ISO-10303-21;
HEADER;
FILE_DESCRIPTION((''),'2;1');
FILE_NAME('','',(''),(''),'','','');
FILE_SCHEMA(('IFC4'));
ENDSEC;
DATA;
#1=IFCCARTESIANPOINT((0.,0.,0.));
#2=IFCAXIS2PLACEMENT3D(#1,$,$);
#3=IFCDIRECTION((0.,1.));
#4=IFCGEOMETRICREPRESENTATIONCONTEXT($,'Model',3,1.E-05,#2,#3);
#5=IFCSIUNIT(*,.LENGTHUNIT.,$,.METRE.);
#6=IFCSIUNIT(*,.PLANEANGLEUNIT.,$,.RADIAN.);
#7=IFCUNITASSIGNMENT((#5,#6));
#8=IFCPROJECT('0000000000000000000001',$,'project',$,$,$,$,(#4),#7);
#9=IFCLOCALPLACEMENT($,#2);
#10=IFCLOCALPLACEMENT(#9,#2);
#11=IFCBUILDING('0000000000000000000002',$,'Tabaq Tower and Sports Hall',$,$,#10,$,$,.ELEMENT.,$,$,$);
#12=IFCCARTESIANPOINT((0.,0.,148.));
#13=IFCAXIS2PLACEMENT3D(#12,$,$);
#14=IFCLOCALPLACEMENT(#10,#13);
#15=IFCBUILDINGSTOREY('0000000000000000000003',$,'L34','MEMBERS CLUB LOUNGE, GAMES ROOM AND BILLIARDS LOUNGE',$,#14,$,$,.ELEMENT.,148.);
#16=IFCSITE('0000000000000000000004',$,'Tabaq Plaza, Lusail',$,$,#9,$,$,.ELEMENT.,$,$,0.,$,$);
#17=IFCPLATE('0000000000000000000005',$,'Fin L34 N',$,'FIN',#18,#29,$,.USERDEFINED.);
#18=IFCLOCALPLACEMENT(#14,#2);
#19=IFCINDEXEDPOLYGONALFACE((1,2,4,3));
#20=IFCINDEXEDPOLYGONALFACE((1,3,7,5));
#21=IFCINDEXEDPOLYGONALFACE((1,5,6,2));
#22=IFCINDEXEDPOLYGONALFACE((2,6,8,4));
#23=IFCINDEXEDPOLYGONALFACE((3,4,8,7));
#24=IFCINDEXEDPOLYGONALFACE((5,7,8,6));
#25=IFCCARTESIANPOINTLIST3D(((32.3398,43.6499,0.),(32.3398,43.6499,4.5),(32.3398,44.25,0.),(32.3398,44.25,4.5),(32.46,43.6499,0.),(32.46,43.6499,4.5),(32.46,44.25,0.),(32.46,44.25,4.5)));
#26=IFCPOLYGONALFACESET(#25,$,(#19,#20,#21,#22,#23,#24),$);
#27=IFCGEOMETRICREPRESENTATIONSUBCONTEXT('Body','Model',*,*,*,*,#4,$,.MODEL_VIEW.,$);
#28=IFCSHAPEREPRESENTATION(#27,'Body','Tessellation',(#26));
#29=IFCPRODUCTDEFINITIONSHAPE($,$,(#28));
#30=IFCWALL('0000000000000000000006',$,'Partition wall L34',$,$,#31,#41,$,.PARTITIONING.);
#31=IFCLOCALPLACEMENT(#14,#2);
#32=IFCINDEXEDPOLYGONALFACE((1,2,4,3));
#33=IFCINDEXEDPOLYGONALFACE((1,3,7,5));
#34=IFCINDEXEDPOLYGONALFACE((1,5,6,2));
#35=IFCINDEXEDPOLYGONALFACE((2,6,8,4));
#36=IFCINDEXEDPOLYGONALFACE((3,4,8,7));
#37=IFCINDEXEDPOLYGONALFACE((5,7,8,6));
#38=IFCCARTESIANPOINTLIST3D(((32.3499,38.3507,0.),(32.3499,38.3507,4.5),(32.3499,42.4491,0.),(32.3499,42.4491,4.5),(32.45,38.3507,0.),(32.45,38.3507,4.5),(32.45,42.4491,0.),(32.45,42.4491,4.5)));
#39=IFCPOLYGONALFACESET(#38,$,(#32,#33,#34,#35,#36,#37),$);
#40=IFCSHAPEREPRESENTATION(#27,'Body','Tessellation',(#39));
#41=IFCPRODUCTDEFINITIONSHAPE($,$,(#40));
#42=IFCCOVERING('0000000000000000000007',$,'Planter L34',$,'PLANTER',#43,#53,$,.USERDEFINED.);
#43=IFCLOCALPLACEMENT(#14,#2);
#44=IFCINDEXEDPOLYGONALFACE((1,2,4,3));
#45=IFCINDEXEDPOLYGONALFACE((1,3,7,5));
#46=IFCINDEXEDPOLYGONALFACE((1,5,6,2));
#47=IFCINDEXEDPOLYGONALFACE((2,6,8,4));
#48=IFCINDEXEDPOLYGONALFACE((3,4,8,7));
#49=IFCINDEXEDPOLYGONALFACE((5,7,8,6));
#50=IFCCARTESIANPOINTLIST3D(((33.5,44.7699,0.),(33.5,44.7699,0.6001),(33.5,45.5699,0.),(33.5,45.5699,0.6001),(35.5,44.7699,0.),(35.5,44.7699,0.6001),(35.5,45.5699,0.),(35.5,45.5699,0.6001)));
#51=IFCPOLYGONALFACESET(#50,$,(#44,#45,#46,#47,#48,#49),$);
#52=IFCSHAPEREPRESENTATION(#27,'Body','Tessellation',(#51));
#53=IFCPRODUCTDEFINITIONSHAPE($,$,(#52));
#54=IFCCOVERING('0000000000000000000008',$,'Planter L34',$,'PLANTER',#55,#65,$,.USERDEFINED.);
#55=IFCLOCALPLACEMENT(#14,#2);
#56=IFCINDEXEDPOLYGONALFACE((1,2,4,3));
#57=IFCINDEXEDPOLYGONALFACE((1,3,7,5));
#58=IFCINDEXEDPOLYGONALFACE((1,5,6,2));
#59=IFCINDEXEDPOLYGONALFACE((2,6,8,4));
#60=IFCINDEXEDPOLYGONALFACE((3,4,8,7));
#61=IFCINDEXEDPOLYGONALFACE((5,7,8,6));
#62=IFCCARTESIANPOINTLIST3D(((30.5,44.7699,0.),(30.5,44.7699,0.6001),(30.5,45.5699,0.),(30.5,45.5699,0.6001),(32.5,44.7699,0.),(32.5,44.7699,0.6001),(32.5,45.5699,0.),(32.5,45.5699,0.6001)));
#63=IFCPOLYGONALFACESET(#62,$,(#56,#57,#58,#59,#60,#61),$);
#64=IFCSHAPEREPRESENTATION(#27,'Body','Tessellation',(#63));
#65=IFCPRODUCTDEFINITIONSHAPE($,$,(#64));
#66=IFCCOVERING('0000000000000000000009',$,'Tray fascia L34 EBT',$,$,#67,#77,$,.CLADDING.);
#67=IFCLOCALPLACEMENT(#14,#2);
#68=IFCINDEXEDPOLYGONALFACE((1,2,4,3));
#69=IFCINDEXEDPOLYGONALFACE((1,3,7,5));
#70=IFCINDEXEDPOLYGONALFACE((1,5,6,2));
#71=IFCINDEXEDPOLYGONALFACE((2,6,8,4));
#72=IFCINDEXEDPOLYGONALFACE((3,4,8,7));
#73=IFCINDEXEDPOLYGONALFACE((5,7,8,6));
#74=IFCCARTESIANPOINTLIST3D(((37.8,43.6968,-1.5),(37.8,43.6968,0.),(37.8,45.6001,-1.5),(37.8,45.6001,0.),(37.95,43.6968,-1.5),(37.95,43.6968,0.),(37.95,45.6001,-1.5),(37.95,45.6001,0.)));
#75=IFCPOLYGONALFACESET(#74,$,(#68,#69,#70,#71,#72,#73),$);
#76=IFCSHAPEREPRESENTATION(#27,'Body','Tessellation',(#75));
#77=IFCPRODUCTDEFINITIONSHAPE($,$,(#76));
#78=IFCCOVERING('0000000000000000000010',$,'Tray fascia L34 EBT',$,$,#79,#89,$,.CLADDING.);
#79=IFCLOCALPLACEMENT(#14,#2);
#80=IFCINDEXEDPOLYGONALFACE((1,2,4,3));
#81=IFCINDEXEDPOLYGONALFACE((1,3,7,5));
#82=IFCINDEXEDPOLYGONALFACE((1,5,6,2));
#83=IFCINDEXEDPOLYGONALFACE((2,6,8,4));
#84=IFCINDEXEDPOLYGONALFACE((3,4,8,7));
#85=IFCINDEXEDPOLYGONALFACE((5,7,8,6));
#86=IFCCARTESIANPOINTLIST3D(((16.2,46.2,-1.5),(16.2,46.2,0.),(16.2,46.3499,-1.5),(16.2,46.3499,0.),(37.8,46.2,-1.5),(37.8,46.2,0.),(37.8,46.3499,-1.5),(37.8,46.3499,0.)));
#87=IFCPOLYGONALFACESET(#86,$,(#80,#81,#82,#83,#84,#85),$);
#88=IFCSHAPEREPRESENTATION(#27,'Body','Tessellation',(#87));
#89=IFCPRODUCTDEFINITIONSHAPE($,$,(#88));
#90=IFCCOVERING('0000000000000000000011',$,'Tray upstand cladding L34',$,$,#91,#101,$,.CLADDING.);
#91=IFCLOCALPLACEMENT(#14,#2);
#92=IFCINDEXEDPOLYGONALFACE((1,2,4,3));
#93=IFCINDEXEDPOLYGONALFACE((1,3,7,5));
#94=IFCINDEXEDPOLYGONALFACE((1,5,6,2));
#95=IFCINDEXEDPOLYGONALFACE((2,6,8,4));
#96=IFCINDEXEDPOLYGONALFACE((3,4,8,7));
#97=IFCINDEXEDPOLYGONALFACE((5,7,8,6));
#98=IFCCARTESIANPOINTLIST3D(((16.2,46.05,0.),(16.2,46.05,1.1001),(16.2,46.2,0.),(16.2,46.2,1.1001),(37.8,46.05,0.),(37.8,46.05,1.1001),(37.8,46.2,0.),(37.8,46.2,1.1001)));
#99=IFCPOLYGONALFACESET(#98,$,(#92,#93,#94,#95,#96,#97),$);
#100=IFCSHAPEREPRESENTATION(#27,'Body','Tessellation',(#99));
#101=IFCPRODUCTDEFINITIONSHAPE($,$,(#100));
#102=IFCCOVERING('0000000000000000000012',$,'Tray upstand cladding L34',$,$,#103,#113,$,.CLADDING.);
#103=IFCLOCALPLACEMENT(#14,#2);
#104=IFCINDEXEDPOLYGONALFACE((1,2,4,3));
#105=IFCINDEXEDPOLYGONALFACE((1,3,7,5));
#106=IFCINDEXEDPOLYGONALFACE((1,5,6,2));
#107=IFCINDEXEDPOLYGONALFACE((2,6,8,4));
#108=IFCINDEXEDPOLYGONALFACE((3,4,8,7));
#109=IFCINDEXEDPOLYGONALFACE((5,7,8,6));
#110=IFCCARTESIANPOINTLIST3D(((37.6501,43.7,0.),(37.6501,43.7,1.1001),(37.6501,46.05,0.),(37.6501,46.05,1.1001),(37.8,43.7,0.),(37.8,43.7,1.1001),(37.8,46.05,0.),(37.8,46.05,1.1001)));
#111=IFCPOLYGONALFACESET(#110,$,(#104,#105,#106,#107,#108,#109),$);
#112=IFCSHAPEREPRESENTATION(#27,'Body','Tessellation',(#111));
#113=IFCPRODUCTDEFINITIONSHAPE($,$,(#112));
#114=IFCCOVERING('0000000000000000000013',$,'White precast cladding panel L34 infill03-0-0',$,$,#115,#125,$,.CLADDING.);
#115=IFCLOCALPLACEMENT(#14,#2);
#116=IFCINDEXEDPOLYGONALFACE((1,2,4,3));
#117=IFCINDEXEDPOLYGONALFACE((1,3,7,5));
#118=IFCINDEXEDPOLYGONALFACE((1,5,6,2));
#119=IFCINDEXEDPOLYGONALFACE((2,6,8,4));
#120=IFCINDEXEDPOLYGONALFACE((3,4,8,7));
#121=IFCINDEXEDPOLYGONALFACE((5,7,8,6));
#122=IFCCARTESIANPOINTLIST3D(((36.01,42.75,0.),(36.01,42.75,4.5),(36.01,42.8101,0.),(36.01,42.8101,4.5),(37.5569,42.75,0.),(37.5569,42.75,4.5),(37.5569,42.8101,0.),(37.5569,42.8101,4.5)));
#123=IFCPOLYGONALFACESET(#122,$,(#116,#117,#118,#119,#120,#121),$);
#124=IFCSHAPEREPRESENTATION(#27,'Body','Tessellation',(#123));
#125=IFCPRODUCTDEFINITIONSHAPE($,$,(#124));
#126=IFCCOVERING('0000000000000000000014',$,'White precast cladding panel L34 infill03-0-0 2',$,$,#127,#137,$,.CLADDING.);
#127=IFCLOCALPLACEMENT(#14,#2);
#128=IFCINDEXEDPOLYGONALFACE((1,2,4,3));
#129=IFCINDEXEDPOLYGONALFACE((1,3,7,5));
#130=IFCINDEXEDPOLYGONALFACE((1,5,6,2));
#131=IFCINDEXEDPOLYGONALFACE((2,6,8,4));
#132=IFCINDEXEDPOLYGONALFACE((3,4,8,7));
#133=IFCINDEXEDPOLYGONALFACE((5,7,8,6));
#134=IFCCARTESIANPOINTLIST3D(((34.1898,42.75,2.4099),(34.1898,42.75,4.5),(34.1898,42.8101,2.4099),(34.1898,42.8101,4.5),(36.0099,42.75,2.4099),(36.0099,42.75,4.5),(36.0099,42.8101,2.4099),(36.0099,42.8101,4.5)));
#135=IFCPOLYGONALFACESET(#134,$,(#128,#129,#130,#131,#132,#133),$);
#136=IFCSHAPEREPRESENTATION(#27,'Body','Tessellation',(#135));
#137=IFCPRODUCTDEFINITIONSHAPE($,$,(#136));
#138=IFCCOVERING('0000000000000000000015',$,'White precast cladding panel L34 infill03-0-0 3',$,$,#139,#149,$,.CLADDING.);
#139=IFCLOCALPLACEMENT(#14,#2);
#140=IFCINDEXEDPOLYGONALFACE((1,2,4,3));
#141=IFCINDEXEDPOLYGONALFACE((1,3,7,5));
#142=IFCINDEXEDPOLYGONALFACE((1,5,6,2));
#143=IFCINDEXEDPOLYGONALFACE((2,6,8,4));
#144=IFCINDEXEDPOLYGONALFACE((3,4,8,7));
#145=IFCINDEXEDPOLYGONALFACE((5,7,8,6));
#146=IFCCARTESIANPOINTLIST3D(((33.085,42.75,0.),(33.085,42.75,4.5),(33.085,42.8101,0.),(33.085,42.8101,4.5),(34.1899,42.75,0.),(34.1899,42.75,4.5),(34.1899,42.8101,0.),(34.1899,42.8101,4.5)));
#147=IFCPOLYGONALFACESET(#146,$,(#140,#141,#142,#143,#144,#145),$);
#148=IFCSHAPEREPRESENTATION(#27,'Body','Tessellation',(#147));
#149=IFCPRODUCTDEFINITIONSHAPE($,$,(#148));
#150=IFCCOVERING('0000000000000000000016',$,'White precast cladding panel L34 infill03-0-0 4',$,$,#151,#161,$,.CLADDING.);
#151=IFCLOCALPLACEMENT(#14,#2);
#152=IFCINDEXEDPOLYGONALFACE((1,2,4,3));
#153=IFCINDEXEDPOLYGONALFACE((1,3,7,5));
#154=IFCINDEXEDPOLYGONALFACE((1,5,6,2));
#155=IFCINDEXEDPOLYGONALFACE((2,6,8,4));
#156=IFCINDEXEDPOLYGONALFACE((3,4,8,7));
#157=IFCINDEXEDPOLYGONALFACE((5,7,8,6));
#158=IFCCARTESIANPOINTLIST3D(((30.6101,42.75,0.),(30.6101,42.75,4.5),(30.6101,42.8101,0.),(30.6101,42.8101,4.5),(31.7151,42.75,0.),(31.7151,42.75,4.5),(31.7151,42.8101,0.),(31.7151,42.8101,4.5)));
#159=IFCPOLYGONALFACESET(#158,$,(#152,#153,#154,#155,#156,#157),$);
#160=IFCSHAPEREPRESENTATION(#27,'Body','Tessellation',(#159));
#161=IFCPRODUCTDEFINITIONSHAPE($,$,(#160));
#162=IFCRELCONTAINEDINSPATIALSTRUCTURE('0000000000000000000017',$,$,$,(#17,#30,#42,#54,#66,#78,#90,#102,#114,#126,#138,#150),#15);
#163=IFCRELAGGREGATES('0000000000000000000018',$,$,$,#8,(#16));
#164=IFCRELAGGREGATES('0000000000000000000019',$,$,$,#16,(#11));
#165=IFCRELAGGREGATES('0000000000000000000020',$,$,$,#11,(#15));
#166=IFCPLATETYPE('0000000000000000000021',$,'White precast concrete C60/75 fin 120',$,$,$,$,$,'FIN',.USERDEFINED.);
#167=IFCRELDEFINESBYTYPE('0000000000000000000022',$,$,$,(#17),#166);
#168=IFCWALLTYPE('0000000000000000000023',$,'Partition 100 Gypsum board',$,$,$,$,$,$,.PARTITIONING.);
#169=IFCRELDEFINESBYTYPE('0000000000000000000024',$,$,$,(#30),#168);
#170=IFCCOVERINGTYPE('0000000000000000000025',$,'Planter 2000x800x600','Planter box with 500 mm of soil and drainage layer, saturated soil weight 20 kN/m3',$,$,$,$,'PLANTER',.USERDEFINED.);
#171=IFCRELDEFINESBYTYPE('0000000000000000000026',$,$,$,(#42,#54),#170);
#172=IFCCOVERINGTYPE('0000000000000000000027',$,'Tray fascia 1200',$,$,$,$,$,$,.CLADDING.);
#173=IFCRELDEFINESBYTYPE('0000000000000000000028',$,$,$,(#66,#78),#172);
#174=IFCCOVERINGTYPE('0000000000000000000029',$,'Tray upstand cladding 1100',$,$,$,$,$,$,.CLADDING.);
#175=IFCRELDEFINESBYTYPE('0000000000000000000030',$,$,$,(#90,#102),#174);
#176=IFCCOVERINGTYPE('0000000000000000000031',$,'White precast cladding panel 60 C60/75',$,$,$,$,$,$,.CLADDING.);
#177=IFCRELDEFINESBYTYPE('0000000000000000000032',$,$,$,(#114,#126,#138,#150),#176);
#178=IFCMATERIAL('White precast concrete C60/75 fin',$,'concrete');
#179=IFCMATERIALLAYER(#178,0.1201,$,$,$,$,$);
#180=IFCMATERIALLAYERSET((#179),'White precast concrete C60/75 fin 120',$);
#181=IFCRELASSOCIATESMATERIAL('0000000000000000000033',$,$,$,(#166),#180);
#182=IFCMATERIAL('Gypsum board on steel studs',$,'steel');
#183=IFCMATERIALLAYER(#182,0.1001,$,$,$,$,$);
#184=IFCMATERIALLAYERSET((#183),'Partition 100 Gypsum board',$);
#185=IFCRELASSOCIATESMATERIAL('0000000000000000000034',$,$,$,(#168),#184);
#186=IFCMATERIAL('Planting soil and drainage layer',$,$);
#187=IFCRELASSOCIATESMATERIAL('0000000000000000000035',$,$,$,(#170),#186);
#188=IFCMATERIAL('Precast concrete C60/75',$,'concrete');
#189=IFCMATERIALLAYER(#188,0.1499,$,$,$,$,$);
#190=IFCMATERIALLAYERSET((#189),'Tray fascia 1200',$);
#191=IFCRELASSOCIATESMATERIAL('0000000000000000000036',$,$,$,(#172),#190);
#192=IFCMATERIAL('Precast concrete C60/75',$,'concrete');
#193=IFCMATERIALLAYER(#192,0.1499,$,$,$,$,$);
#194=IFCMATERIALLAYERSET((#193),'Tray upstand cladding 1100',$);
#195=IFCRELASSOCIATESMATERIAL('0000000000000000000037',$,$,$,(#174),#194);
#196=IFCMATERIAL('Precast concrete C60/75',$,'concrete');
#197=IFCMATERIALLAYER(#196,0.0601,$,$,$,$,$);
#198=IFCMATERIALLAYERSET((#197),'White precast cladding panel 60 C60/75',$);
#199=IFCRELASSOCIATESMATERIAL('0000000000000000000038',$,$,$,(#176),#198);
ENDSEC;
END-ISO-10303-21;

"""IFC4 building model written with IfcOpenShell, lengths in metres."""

from ifc_helpers import new_model, si_unit, direction, frame, frame_2d, origin, origin_2d, place, context, subcontext, project, spatial, rectangle, extrude, material, layer, layer_set, type_object, element, save


model = new_model("IFC4")

# Units and contexts
model_context = context("Model", 3, precision=1e-05, world=origin(), true_north=direction((0.0, 1.0)))
body_context = subcontext(model_context, "Body", "Model", "MODEL_VIEW")
ifc_project = project(units=[si_unit("LENGTHUNIT", "METRE"), si_unit("PLANEANGLEUNIT", "RADIAN")], contexts=[model_context])

# Site, building, storey
site_placement = place(None, origin())
site = spatial("IfcSite", under=ifc_project, at=site_placement, Name="Tabaq Plaza, Lusail", CompositionType="ELEMENT", RefElevation=0.0)
building_placement = place(site_placement, origin())
building = spatial("IfcBuilding", under=site, at=building_placement, Name="Tabaq Tower and Sports Hall", CompositionType="ELEMENT")
storey_placement = place(building_placement, frame((0.0, 0.0, 148.0)))
storey = spatial("IfcBuildingStorey", under=building, at=storey_placement, Name="L34", Description="MEMBERS CLUB LOUNGE, GAMES ROOM AND BILLIARDS LOUNGE", CompositionType="ELEMENT", Elevation=148.0)

# Plate
ifc_material_1 = material(Name="White precast concrete C60/75 fin", Category="concrete")
ifc_layer_1 = layer(ifc_material_1, 0.1201)
ifc_layer_set_1 = layer_set([ifc_layer_1], Name="White precast concrete C60/75 fin 120")
plate_type_1 = type_object("IfcPlateType", Name="White precast concrete C60/75 fin 120", ElementType="FIN", PredefinedType="USERDEFINED", material=ifc_layer_set_1)
plate_1_placement = place(storey_placement, frame((32.3999, 43.95, 0.0), z_axis=(0.0, 0.0, 1.0), x_axis=(-1.0, 0.0, 0.0)))
element("IfcPlate", 1, at=plate_1_placement, inside=storey, type_object=plate_type_1, Name="Fin L34 N", ObjectType="FIN", PredefinedType="USERDEFINED", context=body_context, shape_type="SweptSolid", body=[
    extrude(rectangle(XDim=0.1201, YDim=0.6001, at=origin_2d()), origin(), (0.0, 0.0, 1.0), 4.5),
])

# Wall
ifc_material_2 = material(Name="Gypsum board on steel studs", Category="steel")
ifc_layer_2 = layer(ifc_material_2, 0.1001)
ifc_layer_set_2 = layer_set([ifc_layer_2], Name="Partition 100 Gypsum board")
wall_type_1 = type_object("IfcWallType", Name="Partition 100 Gypsum board", PredefinedType="PARTITIONING", material=ifc_layer_set_2)
wall_1_placement = place(storey_placement, frame((32.3999, 38.3506, 0.0), z_axis=(0.0, 0.0, 1.0), x_axis=(0.0, 1.0, 0.0)))
element("IfcWall", 2, at=wall_1_placement, inside=storey, type_object=wall_type_1, Name="Partition wall L34", PredefinedType="PARTITIONING", context=body_context, shape_type="SweptSolid", body=[
    extrude(rectangle(XDim=4.0984, YDim=0.1001, at=frame_2d((2.0493, 0.0))), origin(), (0.0, 0.0, 1.0), 4.5),
])

# Coverings
ifc_material_3 = material(Name="Planting soil and drainage layer")
covering_type_1 = type_object("IfcCoveringType", Name="Planter 2000x800x600", Description="Planter box with 500 mm of soil and drainage layer, saturated soil weight 20 kN/m3", ElementType="PLANTER", PredefinedType="USERDEFINED", material=ifc_material_3)
for number, where, z_axis, x_axis, name in (
    (3, (34.5, 45.1699, 0.0), (0.0, 0.0, 1.0), (-1.0, 0.0, 0.0), "Planter L34"),
    (4, (31.5, 45.1699, 0.0), (0.0, 0.0, 1.0), (-1.0, 0.0, 0.0), "Planter L34"),
):
    element("IfcCovering", number, at=place(storey_placement, frame(where, z_axis=z_axis, x_axis=x_axis)), inside=storey, type_object=covering_type_1, Name=name, ObjectType="PLANTER", PredefinedType="USERDEFINED", context=body_context, shape_type="SweptSolid", body=[
        extrude(rectangle(XDim=2.0, YDim=0.8, at=origin_2d()), origin(), (0.0, 0.0, 1.0), 0.6001),
    ])
ifc_material_4 = material(Name="Precast concrete C60/75", Category="concrete")
ifc_layer_3 = layer(ifc_material_4, 0.1499)
ifc_layer_set_3 = layer_set([ifc_layer_3], Name="Tray fascia 1200")
covering_type_2 = type_object("IfcCoveringType", Name="Tray fascia 1200", PredefinedType="CLADDING", material=ifc_layer_set_3)
covering_1_placement = place(storey_placement, frame((37.875, 43.6968, -1.5), z_axis=(0.0, 0.0, 1.0), x_axis=(0.0, 1.0, 0.0)))
element("IfcCovering", 5, at=covering_1_placement, inside=storey, type_object=covering_type_2, Name="Tray fascia L34 EBT", PredefinedType="CLADDING", context=body_context, shape_type="SweptSolid", body=[
    extrude(rectangle(XDim=1.9033, YDim=0.1499, at=frame_2d((0.9517, 0.0))), origin(), (0.0, 0.0, 1.0), 1.5),
])
covering_2_placement = place(storey_placement, frame((37.8, 46.2749, -1.5), z_axis=(0.0, 0.0, 1.0), x_axis=(-1.0, 0.0, 0.0)))
element("IfcCovering", 6, at=covering_2_placement, inside=storey, type_object=covering_type_2, Name="Tray fascia L34 EBT", PredefinedType="CLADDING", context=body_context, shape_type="SweptSolid", body=[
    extrude(rectangle(XDim=21.6001, YDim=0.1499, at=frame_2d((10.8, 0.0))), origin(), (0.0, 0.0, 1.0), 1.5),
])
ifc_material_5 = material(Name="Precast concrete C60/75", Category="concrete")
ifc_layer_4 = layer(ifc_material_5, 0.1499)
ifc_layer_set_4 = layer_set([ifc_layer_4], Name="Tray upstand cladding 1100")
covering_type_3 = type_object("IfcCoveringType", Name="Tray upstand cladding 1100", PredefinedType="CLADDING", material=ifc_layer_set_4)
covering_3_placement = place(storey_placement, frame((37.8, 46.125, 0.0), z_axis=(0.0, 0.0, 1.0), x_axis=(-1.0, 0.0, 0.0)))
element("IfcCovering", 7, at=covering_3_placement, inside=storey, type_object=covering_type_3, Name="Tray upstand cladding L34", PredefinedType="CLADDING", context=body_context, shape_type="SweptSolid", body=[
    extrude(rectangle(XDim=21.6001, YDim=0.1499, at=frame_2d((10.8, 0.0))), origin(), (0.0, 0.0, 1.0), 1.1001),
])
covering_4_placement = place(storey_placement, frame((37.7251, 43.7, 0.0), z_axis=(0.0, 0.0, 1.0), x_axis=(0.0, 1.0, 0.0)))
element("IfcCovering", 8, at=covering_4_placement, inside=storey, type_object=covering_type_3, Name="Tray upstand cladding L34", PredefinedType="CLADDING", context=body_context, shape_type="SweptSolid", body=[
    extrude(rectangle(XDim=2.3501, YDim=0.1499, at=frame_2d((1.175, 0.0))), origin(), (0.0, 0.0, 1.0), 1.1001),
])
ifc_material_6 = material(Name="Precast concrete C60/75", Category="concrete")
ifc_layer_5 = layer(ifc_material_6, 0.0601)
ifc_layer_set_5 = layer_set([ifc_layer_5], Name="White precast cladding panel 60 C60/75")
covering_type_4 = type_object("IfcCoveringType", Name="White precast cladding panel 60 C60/75", PredefinedType="CLADDING", material=ifc_layer_set_5)
covering_5_placement = place(storey_placement, frame((37.5569, 42.78, 0.0), z_axis=(0.0, 0.0, 1.0), x_axis=(-1.0, 0.0, 0.0)))
element("IfcCovering", 9, at=covering_5_placement, inside=storey, type_object=covering_type_4, Name="White precast cladding panel L34 infill03-0-0", PredefinedType="CLADDING", context=body_context, shape_type="SweptSolid", body=[
    extrude(rectangle(XDim=1.5469, YDim=0.0601, at=frame_2d((0.7734, 0.0))), origin(), (0.0, 0.0, 1.0), 4.5),
])
covering_6_placement = place(storey_placement, frame((36.01, 42.78, 2.4099), z_axis=(0.0, 0.0, 1.0), x_axis=(-1.0, 0.0, 0.0)))
element("IfcCovering", 10, at=covering_6_placement, inside=storey, type_object=covering_type_4, Name="White precast cladding panel L34 infill03-0-0 2", PredefinedType="CLADDING", context=body_context, shape_type="SweptSolid", body=[
    extrude(rectangle(XDim=1.8201, YDim=0.0601, at=frame_2d((0.9102, 0.0))), origin(), (0.0, 0.0, 1.0), 2.0901),
])
for number, where, z_axis, x_axis, name in (
    (11, (34.1899, 42.78, 0.0), (0.0, 0.0, 1.0), (-1.0, 0.0, 0.0), "White precast cladding panel L34 infill03-0-0 3"),
    (12, (31.7151, 42.78, 0.0), (0.0, 0.0, 1.0), (-1.0, 0.0, 0.0), "White precast cladding panel L34 infill03-0-0 4"),
):
    element("IfcCovering", number, at=place(storey_placement, frame(where, z_axis=z_axis, x_axis=x_axis)), inside=storey, type_object=covering_type_4, Name=name, PredefinedType="CLADDING", context=body_context, shape_type="SweptSolid", body=[
        extrude(rectangle(XDim=1.105, YDim=0.0601, at=frame_2d((0.5525, 0.0))), origin(), (0.0, 0.0, 1.0), 4.5),
    ])

save(model, "model.ifc")
